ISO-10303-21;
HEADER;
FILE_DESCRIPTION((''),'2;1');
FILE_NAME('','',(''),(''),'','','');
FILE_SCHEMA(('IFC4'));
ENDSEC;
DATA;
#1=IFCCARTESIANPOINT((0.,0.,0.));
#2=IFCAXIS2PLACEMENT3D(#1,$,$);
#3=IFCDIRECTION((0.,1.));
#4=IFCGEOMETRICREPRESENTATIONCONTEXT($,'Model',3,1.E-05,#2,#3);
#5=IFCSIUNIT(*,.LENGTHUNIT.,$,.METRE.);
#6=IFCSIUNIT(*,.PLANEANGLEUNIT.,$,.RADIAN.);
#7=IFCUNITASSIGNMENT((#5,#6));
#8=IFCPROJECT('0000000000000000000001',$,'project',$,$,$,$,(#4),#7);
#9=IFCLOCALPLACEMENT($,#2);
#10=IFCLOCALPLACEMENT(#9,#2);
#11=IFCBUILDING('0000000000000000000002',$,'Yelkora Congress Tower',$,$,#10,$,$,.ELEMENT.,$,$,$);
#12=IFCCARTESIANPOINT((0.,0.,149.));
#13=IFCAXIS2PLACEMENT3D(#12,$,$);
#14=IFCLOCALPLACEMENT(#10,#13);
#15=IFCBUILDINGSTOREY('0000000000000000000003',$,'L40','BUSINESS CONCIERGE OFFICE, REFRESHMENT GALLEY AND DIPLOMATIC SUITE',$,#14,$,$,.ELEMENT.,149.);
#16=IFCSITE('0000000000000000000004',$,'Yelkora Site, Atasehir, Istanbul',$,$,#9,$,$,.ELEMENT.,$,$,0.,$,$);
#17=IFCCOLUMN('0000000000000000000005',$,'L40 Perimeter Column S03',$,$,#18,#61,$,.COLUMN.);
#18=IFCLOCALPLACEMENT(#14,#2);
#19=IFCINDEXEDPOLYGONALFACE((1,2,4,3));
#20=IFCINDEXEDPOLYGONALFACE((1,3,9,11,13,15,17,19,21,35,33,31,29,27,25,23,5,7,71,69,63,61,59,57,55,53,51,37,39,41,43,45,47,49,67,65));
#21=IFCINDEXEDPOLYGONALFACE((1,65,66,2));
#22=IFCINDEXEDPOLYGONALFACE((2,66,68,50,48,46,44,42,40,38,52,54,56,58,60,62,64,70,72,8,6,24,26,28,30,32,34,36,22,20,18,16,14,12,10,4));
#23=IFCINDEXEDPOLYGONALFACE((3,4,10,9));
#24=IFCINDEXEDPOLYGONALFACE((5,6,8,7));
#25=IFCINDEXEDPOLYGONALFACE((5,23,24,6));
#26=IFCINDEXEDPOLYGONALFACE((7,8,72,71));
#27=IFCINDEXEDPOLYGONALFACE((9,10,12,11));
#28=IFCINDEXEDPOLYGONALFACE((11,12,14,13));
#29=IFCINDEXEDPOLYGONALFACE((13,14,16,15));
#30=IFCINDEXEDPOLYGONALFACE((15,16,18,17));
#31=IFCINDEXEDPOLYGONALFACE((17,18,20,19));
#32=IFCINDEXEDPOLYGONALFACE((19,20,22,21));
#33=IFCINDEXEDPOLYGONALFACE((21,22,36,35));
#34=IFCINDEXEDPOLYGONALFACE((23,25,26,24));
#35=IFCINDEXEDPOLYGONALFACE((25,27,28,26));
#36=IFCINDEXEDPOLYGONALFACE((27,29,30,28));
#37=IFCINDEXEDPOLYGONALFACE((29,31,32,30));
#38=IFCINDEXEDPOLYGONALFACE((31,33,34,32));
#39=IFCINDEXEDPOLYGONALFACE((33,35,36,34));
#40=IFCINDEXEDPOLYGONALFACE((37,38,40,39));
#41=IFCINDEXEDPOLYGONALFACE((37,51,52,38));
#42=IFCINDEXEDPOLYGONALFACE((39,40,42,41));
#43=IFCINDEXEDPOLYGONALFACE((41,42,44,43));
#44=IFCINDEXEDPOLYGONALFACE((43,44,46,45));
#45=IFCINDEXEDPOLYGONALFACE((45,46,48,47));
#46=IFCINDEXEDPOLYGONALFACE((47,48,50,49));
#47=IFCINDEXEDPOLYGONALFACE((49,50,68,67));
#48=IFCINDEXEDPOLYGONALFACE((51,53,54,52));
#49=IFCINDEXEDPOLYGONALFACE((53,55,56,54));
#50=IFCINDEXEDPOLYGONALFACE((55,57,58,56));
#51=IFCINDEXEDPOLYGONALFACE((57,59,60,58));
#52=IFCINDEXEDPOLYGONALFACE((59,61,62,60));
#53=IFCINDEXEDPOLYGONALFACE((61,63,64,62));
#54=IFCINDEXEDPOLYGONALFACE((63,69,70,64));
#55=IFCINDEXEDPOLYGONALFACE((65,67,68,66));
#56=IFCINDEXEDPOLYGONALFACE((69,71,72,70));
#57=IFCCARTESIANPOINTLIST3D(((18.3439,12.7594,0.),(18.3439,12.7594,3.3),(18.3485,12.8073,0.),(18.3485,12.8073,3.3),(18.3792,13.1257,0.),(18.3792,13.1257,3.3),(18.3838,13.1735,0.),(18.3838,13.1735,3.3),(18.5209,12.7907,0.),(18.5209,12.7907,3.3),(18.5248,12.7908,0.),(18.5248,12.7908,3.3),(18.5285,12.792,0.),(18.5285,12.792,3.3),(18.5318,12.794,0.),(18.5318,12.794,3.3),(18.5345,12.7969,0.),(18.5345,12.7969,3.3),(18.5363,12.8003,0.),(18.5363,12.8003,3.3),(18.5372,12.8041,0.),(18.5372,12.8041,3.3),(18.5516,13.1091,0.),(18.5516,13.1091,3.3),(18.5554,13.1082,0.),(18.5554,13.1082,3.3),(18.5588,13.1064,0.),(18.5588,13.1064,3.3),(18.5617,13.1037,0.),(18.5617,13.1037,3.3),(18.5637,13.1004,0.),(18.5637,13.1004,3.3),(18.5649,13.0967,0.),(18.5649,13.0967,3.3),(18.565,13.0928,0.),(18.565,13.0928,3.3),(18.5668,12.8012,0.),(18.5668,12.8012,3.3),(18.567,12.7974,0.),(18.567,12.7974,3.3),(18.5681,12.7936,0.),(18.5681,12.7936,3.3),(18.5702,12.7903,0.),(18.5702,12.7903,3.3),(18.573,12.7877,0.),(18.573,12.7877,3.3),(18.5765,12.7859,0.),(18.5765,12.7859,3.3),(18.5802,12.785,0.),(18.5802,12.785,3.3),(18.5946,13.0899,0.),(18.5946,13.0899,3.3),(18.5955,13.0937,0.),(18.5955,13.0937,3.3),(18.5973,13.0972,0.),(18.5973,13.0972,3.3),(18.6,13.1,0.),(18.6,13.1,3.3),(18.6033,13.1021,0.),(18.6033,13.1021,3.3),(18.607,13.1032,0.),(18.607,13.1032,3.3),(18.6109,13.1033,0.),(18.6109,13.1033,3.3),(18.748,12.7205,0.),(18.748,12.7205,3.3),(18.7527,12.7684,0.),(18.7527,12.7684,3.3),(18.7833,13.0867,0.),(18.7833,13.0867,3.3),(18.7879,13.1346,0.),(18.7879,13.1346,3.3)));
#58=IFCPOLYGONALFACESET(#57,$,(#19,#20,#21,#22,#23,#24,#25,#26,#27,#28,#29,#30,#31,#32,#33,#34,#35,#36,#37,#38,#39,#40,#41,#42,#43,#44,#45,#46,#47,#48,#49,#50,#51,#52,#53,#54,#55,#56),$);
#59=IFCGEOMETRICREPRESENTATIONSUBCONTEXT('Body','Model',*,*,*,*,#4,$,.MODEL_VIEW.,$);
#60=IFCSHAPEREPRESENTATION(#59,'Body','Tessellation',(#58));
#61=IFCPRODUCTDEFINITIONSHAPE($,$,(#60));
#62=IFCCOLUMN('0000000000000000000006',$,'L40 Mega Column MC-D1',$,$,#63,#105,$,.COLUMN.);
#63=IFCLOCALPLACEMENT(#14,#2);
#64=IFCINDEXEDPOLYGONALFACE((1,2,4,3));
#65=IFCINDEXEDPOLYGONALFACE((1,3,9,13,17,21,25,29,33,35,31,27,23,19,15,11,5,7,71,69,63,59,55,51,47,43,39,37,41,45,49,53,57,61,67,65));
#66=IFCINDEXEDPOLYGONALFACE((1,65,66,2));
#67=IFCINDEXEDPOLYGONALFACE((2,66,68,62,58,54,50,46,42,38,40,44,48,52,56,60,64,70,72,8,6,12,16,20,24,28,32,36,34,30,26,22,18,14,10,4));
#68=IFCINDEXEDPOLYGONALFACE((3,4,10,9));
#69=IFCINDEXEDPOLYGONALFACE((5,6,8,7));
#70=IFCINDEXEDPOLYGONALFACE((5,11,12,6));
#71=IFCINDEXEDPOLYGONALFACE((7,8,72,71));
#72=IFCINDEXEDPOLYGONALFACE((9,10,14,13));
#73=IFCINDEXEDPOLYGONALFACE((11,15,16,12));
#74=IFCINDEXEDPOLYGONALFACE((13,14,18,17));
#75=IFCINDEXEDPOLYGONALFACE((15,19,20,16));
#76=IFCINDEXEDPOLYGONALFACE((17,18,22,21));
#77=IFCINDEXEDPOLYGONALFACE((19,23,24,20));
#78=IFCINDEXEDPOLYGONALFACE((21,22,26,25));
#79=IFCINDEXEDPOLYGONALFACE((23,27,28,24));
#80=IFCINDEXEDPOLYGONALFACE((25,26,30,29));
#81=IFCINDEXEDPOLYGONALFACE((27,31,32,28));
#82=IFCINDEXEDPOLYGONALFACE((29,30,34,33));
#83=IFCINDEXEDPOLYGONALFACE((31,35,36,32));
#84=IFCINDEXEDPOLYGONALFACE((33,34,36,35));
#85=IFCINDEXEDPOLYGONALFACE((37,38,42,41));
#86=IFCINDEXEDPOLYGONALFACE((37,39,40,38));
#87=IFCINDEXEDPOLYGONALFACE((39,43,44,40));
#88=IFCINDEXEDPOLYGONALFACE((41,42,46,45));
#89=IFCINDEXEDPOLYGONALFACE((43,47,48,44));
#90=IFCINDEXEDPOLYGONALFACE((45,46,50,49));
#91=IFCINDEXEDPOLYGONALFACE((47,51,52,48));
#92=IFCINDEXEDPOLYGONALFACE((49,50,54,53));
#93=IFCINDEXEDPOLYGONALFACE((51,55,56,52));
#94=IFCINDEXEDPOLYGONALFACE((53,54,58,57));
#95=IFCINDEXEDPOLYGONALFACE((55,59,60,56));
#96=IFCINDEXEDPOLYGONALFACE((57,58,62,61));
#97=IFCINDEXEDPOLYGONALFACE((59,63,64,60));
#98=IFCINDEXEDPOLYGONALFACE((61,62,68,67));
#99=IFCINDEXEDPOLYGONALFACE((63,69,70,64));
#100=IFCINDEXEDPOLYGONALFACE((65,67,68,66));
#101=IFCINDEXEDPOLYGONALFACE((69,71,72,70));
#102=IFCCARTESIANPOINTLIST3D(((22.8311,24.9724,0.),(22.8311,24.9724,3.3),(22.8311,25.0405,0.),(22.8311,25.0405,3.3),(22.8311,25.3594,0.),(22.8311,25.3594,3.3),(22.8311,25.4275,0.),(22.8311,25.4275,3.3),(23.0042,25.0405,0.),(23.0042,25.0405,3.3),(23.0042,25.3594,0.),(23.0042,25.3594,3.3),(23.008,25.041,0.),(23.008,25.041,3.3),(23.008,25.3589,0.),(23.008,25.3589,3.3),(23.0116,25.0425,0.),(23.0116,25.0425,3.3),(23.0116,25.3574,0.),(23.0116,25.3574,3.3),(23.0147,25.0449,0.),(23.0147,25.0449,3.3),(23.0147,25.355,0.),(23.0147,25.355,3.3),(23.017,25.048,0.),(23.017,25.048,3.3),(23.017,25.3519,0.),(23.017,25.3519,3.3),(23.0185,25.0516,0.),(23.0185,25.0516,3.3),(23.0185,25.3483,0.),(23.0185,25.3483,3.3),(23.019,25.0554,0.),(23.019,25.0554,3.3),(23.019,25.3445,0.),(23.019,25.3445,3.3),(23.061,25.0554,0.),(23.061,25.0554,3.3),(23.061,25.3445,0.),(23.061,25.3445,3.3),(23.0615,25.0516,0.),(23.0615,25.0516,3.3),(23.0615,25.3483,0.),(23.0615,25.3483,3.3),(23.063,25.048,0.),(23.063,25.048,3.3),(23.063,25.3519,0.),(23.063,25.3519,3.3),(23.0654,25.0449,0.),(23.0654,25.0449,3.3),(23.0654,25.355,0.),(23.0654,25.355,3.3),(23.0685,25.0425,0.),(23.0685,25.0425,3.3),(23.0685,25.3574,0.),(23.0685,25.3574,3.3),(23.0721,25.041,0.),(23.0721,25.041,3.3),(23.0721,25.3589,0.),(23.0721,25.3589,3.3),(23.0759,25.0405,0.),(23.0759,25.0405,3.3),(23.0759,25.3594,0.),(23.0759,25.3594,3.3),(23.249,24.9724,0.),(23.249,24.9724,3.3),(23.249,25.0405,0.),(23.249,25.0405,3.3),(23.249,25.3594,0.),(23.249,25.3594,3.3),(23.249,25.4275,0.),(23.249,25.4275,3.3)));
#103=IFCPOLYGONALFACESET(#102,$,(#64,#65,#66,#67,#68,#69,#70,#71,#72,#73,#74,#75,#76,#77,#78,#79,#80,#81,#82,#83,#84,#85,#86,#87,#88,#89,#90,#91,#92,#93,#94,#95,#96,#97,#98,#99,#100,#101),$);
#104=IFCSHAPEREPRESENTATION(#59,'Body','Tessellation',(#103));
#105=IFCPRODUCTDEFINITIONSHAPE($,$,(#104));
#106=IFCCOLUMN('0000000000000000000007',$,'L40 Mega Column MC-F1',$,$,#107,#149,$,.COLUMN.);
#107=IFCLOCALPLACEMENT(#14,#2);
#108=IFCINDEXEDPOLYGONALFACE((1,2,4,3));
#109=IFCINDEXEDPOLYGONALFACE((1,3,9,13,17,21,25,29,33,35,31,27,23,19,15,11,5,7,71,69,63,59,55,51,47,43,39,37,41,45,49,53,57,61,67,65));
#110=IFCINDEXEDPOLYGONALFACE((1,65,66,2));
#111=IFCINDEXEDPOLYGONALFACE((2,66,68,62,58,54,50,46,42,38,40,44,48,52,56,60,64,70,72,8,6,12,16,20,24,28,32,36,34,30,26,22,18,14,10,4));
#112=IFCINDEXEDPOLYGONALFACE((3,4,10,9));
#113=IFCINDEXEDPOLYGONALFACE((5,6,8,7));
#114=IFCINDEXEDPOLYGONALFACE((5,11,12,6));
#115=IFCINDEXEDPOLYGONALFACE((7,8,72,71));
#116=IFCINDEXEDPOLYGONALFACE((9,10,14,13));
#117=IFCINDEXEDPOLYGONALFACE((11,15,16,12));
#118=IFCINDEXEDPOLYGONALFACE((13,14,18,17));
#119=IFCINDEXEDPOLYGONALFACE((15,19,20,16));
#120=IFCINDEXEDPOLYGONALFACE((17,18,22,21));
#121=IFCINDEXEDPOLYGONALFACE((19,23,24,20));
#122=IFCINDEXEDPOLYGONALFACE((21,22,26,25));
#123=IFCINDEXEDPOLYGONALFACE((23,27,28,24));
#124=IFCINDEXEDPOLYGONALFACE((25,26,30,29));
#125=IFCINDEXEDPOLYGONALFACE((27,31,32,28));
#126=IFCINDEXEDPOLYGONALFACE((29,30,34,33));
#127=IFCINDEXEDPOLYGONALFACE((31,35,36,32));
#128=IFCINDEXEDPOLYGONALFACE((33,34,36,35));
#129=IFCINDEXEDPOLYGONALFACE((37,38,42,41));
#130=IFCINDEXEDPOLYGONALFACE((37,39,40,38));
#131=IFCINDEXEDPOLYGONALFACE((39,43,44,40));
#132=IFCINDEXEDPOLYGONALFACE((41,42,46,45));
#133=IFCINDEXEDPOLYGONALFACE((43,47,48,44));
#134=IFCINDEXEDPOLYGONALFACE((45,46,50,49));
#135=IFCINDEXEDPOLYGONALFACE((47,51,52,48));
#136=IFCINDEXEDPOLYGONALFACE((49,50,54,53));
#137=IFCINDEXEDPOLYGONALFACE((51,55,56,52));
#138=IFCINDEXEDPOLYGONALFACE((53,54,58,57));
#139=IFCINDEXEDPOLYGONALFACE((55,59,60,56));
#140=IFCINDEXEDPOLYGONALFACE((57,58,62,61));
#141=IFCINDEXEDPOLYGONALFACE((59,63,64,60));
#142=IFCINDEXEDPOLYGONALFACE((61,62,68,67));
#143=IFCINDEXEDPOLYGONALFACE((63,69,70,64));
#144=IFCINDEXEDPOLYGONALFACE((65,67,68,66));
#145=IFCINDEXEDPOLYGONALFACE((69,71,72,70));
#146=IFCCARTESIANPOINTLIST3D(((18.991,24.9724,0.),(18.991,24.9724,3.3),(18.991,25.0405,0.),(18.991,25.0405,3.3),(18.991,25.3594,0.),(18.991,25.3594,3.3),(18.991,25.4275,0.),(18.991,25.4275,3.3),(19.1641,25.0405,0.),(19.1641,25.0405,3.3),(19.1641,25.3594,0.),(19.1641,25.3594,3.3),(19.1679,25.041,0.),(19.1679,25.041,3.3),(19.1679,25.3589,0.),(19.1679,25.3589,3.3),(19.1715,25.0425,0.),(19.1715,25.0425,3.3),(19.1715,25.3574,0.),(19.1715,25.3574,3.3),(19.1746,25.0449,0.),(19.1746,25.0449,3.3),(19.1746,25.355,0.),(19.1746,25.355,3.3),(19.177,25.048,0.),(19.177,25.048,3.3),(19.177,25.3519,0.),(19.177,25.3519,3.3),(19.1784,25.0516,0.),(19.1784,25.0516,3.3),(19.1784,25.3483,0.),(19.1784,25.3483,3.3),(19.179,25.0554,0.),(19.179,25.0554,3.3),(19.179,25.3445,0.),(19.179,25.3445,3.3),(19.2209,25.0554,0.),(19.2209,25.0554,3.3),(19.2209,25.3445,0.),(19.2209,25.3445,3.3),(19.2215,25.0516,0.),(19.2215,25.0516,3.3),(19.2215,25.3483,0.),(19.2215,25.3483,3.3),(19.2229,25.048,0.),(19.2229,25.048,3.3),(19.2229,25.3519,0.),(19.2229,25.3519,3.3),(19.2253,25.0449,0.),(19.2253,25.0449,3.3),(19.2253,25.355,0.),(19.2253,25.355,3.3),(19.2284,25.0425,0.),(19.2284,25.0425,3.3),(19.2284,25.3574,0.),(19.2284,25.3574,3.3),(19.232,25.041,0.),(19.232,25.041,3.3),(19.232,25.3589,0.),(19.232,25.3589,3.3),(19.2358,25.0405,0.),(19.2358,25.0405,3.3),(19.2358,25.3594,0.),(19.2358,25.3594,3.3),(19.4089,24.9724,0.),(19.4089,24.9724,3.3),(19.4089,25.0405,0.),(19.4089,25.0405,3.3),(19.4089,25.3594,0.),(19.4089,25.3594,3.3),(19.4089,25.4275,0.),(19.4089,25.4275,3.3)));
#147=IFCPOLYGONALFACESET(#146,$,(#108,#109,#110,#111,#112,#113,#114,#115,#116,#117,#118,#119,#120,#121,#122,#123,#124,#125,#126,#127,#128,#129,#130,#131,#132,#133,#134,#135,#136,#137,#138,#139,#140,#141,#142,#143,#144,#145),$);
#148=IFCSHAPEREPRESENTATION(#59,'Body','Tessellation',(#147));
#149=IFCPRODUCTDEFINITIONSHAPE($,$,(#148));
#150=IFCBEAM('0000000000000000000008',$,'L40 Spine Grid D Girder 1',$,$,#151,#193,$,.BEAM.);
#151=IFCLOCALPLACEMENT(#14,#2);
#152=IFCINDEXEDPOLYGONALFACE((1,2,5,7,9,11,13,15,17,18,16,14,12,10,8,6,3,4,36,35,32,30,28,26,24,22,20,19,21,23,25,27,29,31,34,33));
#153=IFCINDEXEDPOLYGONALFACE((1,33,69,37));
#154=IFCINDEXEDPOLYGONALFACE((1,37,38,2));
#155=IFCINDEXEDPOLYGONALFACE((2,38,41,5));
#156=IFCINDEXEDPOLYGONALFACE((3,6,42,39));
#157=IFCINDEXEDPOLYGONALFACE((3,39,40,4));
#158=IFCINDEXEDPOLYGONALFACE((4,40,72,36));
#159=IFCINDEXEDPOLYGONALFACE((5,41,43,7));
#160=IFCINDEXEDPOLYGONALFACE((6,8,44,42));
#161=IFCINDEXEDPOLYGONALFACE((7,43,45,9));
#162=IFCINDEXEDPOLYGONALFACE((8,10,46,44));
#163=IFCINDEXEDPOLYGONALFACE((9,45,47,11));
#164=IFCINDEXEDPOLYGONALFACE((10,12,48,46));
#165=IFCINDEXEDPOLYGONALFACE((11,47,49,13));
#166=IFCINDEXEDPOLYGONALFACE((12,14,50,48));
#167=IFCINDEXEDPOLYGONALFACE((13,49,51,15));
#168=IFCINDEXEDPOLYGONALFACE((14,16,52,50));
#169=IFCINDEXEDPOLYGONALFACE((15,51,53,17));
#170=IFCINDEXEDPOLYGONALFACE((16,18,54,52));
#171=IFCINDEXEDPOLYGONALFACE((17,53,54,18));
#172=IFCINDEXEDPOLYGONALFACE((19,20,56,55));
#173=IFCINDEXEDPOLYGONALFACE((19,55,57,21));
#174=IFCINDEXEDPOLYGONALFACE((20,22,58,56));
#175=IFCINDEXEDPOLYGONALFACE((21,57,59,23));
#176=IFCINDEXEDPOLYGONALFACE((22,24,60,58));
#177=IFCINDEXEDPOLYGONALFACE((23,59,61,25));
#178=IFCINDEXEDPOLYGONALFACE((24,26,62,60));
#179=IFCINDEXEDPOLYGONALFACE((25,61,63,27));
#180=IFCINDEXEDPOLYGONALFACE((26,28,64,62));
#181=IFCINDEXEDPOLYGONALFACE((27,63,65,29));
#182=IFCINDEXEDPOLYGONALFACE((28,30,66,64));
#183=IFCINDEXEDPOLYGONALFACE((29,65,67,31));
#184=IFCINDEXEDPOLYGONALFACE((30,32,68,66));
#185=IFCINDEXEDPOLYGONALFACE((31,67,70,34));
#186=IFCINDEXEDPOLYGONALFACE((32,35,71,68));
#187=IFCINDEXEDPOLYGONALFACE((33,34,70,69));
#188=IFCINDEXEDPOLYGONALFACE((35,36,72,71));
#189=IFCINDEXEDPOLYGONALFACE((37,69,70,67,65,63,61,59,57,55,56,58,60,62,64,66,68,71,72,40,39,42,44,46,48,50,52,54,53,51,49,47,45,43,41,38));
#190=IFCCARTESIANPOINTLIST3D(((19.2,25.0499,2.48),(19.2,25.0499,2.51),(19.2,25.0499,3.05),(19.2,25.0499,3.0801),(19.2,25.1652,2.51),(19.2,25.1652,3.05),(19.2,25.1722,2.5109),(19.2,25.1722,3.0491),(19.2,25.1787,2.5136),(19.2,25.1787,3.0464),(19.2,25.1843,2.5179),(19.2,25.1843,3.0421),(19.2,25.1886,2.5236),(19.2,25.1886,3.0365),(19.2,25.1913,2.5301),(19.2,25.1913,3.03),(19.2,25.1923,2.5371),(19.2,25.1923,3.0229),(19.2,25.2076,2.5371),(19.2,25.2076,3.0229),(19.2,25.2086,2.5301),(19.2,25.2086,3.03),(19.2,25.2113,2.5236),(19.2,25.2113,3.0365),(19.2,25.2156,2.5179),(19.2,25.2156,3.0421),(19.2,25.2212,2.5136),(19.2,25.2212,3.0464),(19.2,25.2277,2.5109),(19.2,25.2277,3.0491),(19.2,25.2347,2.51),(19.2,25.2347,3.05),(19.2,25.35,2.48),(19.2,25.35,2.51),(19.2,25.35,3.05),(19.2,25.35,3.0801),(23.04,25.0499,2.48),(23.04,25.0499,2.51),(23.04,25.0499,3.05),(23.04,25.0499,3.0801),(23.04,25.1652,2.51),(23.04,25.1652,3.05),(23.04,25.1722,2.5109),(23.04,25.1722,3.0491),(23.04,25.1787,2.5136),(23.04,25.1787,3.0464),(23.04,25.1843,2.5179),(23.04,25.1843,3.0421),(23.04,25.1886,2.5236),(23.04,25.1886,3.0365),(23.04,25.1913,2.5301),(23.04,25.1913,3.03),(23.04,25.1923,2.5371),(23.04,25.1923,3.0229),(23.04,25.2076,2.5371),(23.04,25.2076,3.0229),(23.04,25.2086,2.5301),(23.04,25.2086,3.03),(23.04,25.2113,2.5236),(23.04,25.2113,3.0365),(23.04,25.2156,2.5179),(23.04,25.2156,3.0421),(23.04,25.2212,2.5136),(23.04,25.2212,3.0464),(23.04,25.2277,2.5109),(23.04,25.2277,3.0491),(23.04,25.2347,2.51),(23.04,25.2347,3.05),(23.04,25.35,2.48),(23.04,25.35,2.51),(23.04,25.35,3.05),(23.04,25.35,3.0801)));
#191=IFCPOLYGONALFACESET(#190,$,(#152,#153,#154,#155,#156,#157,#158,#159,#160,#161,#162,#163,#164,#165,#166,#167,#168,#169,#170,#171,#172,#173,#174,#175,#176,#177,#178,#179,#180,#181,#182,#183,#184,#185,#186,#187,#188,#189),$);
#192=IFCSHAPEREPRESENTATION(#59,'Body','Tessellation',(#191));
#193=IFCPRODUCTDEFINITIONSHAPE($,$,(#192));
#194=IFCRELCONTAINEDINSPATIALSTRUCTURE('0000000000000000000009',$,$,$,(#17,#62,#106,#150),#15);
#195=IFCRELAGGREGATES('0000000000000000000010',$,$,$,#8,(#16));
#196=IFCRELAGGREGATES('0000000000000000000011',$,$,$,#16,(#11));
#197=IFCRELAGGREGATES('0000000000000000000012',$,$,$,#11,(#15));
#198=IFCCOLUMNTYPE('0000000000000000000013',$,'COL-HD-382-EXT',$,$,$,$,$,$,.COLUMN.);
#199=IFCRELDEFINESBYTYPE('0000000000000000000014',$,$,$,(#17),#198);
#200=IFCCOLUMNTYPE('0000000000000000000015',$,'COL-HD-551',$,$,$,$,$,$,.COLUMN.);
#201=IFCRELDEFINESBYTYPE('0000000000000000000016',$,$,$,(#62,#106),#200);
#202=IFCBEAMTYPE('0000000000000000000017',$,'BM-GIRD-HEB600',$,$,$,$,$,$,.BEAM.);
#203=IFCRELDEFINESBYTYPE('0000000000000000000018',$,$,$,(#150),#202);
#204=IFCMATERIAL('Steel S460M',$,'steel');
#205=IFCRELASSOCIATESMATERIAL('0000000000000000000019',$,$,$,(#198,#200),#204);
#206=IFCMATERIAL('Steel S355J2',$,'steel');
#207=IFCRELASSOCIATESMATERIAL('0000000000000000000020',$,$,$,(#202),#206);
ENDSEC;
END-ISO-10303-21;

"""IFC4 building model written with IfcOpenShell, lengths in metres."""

from ifc_helpers import new_model, si_unit, direction, frame, origin, origin_2d, place, context, subcontext, project, spatial, i_section, extrude, material, material_profile, profile_set, type_object, element, save


model = new_model("IFC4")

# Units and contexts
model_context = context("Model", 3, precision=1e-05, world=origin(), true_north=direction((0.0, 1.0)))
body_context = subcontext(model_context, "Body", "Model", "MODEL_VIEW")
ifc_project = project(units=[si_unit("LENGTHUNIT", "METRE"), si_unit("PLANEANGLEUNIT", "RADIAN")], contexts=[model_context])

# Site, building, storey
site_placement = place(None, origin())
site = spatial("IfcSite", under=ifc_project, at=site_placement, Name="Yelkora Site, Atasehir, Istanbul", CompositionType="ELEMENT", RefElevation=0.0)
building_placement = place(site_placement, origin())
building = spatial("IfcBuilding", under=site, at=building_placement, Name="Yelkora Congress Tower", CompositionType="ELEMENT")
storey_placement = place(building_placement, frame((0.0, 0.0, 149.0)))
storey = spatial("IfcBuildingStorey", under=building, at=storey_placement, Name="L40", Description="BUSINESS CONCIERGE OFFICE, REFRESHMENT GALLEY AND DIPLOMATIC SUITE", CompositionType="ELEMENT", Elevation=149.0)

# Columns
ifc_material_1 = material(Name="Steel S460M", Category="steel")
ifc_material_profile_1 = material_profile(ifc_material_1, i_section(OverallWidth=0.406, OverallDepth=0.416, WebThickness=0.0298, FlangeThickness=0.0481, FilletRadius=0.0149, at=origin_2d()), Name="HD 400x382")
ifc_profile_set_1 = profile_set([ifc_material_profile_1], Name="Steel S460M")
column_type_1 = type_object("IfcColumnType", Name="COL-HD-382-EXT", PredefinedType="COLUMN", material=ifc_profile_set_1)
column_placement = place(storey_placement, frame((18.5659, 12.947, 0.0), z_axis=(0.0, 0.0, 1.0), x_axis=(0.995396, -0.095846, 0.0)))
element("IfcColumn", 1, at=column_placement, inside=storey, type_object=column_type_1, Name="L40 Perimeter Column S03", PredefinedType="COLUMN", context=body_context, shape_type="SweptSolid", body=[
    extrude(i_section(OverallWidth=0.406, OverallDepth=0.416, WebThickness=0.0298, FlangeThickness=0.0481, FilletRadius=0.0149, at=origin_2d()), origin(), (0.0, 0.0, 1.0), 3.3),
])
ifc_material_profile_2 = material_profile(ifc_material_1, i_section(OverallWidth=0.418, OverallDepth=0.4551, WebThickness=0.042, FlangeThickness=0.0681, FilletRadius=0.0149, at=origin_2d()), Name="HD 400x551")
ifc_profile_set_2 = profile_set([ifc_material_profile_2], Name="Steel S460M")
column_type_2 = type_object("IfcColumnType", Name="COL-HD-551", PredefinedType="COLUMN", material=ifc_profile_set_2)
for number, where, z_axis, x_axis, name in (
    (2, (23.04, 25.2, 0.0), (0.0, 0.0, 1.0), (1.0, 0.0, 0.0), "L40 Mega Column MC-D1"),
    (3, (19.2, 25.2, 0.0), (0.0, 0.0, 1.0), (1.0, 0.0, 0.0), "L40 Mega Column MC-F1"),
):
    element("IfcColumn", number, at=place(storey_placement, frame(where, z_axis=z_axis, x_axis=x_axis)), inside=storey, type_object=column_type_2, Name=name, PredefinedType="COLUMN", context=body_context, shape_type="SweptSolid", body=[
        extrude(i_section(OverallWidth=0.418, OverallDepth=0.4551, WebThickness=0.042, FlangeThickness=0.0681, FilletRadius=0.0149, at=origin_2d()), origin(), (0.0, 0.0, 1.0), 3.3),
    ])

# Beam
ifc_material_2 = material(Name="Steel S355J2", Category="steel")
ifc_material_profile_3 = material_profile(ifc_material_2, i_section(OverallWidth=0.3, OverallDepth=0.6001, WebThickness=0.0154, FlangeThickness=0.03, FilletRadius=0.0271, at=origin_2d()), Name="HEB 600")
ifc_profile_set_3 = profile_set([ifc_material_profile_3], Name="Steel S355J2")
beam_type_1 = type_object("IfcBeamType", Name="BM-GIRD-HEB600", PredefinedType="BEAM", material=ifc_profile_set_3)
beam_1_placement = place(storey_placement, frame((19.2, 25.2, 2.78), z_axis=(1.0, 0.0, 0.0), x_axis=(0.0, 1.0, 0.0)))
element("IfcBeam", 4, at=beam_1_placement, inside=storey, type_object=beam_type_1, Name="L40 Spine Grid D Girder 1", PredefinedType="BEAM", context=body_context, shape_type="SweptSolid", body=[
    extrude(i_section(OverallWidth=0.3, OverallDepth=0.6001, WebThickness=0.0154, FlangeThickness=0.03, FilletRadius=0.0271, at=origin_2d()), origin(), (0.0, 0.0, 1.0), 3.8401),
])

save(model, "model.ifc")
